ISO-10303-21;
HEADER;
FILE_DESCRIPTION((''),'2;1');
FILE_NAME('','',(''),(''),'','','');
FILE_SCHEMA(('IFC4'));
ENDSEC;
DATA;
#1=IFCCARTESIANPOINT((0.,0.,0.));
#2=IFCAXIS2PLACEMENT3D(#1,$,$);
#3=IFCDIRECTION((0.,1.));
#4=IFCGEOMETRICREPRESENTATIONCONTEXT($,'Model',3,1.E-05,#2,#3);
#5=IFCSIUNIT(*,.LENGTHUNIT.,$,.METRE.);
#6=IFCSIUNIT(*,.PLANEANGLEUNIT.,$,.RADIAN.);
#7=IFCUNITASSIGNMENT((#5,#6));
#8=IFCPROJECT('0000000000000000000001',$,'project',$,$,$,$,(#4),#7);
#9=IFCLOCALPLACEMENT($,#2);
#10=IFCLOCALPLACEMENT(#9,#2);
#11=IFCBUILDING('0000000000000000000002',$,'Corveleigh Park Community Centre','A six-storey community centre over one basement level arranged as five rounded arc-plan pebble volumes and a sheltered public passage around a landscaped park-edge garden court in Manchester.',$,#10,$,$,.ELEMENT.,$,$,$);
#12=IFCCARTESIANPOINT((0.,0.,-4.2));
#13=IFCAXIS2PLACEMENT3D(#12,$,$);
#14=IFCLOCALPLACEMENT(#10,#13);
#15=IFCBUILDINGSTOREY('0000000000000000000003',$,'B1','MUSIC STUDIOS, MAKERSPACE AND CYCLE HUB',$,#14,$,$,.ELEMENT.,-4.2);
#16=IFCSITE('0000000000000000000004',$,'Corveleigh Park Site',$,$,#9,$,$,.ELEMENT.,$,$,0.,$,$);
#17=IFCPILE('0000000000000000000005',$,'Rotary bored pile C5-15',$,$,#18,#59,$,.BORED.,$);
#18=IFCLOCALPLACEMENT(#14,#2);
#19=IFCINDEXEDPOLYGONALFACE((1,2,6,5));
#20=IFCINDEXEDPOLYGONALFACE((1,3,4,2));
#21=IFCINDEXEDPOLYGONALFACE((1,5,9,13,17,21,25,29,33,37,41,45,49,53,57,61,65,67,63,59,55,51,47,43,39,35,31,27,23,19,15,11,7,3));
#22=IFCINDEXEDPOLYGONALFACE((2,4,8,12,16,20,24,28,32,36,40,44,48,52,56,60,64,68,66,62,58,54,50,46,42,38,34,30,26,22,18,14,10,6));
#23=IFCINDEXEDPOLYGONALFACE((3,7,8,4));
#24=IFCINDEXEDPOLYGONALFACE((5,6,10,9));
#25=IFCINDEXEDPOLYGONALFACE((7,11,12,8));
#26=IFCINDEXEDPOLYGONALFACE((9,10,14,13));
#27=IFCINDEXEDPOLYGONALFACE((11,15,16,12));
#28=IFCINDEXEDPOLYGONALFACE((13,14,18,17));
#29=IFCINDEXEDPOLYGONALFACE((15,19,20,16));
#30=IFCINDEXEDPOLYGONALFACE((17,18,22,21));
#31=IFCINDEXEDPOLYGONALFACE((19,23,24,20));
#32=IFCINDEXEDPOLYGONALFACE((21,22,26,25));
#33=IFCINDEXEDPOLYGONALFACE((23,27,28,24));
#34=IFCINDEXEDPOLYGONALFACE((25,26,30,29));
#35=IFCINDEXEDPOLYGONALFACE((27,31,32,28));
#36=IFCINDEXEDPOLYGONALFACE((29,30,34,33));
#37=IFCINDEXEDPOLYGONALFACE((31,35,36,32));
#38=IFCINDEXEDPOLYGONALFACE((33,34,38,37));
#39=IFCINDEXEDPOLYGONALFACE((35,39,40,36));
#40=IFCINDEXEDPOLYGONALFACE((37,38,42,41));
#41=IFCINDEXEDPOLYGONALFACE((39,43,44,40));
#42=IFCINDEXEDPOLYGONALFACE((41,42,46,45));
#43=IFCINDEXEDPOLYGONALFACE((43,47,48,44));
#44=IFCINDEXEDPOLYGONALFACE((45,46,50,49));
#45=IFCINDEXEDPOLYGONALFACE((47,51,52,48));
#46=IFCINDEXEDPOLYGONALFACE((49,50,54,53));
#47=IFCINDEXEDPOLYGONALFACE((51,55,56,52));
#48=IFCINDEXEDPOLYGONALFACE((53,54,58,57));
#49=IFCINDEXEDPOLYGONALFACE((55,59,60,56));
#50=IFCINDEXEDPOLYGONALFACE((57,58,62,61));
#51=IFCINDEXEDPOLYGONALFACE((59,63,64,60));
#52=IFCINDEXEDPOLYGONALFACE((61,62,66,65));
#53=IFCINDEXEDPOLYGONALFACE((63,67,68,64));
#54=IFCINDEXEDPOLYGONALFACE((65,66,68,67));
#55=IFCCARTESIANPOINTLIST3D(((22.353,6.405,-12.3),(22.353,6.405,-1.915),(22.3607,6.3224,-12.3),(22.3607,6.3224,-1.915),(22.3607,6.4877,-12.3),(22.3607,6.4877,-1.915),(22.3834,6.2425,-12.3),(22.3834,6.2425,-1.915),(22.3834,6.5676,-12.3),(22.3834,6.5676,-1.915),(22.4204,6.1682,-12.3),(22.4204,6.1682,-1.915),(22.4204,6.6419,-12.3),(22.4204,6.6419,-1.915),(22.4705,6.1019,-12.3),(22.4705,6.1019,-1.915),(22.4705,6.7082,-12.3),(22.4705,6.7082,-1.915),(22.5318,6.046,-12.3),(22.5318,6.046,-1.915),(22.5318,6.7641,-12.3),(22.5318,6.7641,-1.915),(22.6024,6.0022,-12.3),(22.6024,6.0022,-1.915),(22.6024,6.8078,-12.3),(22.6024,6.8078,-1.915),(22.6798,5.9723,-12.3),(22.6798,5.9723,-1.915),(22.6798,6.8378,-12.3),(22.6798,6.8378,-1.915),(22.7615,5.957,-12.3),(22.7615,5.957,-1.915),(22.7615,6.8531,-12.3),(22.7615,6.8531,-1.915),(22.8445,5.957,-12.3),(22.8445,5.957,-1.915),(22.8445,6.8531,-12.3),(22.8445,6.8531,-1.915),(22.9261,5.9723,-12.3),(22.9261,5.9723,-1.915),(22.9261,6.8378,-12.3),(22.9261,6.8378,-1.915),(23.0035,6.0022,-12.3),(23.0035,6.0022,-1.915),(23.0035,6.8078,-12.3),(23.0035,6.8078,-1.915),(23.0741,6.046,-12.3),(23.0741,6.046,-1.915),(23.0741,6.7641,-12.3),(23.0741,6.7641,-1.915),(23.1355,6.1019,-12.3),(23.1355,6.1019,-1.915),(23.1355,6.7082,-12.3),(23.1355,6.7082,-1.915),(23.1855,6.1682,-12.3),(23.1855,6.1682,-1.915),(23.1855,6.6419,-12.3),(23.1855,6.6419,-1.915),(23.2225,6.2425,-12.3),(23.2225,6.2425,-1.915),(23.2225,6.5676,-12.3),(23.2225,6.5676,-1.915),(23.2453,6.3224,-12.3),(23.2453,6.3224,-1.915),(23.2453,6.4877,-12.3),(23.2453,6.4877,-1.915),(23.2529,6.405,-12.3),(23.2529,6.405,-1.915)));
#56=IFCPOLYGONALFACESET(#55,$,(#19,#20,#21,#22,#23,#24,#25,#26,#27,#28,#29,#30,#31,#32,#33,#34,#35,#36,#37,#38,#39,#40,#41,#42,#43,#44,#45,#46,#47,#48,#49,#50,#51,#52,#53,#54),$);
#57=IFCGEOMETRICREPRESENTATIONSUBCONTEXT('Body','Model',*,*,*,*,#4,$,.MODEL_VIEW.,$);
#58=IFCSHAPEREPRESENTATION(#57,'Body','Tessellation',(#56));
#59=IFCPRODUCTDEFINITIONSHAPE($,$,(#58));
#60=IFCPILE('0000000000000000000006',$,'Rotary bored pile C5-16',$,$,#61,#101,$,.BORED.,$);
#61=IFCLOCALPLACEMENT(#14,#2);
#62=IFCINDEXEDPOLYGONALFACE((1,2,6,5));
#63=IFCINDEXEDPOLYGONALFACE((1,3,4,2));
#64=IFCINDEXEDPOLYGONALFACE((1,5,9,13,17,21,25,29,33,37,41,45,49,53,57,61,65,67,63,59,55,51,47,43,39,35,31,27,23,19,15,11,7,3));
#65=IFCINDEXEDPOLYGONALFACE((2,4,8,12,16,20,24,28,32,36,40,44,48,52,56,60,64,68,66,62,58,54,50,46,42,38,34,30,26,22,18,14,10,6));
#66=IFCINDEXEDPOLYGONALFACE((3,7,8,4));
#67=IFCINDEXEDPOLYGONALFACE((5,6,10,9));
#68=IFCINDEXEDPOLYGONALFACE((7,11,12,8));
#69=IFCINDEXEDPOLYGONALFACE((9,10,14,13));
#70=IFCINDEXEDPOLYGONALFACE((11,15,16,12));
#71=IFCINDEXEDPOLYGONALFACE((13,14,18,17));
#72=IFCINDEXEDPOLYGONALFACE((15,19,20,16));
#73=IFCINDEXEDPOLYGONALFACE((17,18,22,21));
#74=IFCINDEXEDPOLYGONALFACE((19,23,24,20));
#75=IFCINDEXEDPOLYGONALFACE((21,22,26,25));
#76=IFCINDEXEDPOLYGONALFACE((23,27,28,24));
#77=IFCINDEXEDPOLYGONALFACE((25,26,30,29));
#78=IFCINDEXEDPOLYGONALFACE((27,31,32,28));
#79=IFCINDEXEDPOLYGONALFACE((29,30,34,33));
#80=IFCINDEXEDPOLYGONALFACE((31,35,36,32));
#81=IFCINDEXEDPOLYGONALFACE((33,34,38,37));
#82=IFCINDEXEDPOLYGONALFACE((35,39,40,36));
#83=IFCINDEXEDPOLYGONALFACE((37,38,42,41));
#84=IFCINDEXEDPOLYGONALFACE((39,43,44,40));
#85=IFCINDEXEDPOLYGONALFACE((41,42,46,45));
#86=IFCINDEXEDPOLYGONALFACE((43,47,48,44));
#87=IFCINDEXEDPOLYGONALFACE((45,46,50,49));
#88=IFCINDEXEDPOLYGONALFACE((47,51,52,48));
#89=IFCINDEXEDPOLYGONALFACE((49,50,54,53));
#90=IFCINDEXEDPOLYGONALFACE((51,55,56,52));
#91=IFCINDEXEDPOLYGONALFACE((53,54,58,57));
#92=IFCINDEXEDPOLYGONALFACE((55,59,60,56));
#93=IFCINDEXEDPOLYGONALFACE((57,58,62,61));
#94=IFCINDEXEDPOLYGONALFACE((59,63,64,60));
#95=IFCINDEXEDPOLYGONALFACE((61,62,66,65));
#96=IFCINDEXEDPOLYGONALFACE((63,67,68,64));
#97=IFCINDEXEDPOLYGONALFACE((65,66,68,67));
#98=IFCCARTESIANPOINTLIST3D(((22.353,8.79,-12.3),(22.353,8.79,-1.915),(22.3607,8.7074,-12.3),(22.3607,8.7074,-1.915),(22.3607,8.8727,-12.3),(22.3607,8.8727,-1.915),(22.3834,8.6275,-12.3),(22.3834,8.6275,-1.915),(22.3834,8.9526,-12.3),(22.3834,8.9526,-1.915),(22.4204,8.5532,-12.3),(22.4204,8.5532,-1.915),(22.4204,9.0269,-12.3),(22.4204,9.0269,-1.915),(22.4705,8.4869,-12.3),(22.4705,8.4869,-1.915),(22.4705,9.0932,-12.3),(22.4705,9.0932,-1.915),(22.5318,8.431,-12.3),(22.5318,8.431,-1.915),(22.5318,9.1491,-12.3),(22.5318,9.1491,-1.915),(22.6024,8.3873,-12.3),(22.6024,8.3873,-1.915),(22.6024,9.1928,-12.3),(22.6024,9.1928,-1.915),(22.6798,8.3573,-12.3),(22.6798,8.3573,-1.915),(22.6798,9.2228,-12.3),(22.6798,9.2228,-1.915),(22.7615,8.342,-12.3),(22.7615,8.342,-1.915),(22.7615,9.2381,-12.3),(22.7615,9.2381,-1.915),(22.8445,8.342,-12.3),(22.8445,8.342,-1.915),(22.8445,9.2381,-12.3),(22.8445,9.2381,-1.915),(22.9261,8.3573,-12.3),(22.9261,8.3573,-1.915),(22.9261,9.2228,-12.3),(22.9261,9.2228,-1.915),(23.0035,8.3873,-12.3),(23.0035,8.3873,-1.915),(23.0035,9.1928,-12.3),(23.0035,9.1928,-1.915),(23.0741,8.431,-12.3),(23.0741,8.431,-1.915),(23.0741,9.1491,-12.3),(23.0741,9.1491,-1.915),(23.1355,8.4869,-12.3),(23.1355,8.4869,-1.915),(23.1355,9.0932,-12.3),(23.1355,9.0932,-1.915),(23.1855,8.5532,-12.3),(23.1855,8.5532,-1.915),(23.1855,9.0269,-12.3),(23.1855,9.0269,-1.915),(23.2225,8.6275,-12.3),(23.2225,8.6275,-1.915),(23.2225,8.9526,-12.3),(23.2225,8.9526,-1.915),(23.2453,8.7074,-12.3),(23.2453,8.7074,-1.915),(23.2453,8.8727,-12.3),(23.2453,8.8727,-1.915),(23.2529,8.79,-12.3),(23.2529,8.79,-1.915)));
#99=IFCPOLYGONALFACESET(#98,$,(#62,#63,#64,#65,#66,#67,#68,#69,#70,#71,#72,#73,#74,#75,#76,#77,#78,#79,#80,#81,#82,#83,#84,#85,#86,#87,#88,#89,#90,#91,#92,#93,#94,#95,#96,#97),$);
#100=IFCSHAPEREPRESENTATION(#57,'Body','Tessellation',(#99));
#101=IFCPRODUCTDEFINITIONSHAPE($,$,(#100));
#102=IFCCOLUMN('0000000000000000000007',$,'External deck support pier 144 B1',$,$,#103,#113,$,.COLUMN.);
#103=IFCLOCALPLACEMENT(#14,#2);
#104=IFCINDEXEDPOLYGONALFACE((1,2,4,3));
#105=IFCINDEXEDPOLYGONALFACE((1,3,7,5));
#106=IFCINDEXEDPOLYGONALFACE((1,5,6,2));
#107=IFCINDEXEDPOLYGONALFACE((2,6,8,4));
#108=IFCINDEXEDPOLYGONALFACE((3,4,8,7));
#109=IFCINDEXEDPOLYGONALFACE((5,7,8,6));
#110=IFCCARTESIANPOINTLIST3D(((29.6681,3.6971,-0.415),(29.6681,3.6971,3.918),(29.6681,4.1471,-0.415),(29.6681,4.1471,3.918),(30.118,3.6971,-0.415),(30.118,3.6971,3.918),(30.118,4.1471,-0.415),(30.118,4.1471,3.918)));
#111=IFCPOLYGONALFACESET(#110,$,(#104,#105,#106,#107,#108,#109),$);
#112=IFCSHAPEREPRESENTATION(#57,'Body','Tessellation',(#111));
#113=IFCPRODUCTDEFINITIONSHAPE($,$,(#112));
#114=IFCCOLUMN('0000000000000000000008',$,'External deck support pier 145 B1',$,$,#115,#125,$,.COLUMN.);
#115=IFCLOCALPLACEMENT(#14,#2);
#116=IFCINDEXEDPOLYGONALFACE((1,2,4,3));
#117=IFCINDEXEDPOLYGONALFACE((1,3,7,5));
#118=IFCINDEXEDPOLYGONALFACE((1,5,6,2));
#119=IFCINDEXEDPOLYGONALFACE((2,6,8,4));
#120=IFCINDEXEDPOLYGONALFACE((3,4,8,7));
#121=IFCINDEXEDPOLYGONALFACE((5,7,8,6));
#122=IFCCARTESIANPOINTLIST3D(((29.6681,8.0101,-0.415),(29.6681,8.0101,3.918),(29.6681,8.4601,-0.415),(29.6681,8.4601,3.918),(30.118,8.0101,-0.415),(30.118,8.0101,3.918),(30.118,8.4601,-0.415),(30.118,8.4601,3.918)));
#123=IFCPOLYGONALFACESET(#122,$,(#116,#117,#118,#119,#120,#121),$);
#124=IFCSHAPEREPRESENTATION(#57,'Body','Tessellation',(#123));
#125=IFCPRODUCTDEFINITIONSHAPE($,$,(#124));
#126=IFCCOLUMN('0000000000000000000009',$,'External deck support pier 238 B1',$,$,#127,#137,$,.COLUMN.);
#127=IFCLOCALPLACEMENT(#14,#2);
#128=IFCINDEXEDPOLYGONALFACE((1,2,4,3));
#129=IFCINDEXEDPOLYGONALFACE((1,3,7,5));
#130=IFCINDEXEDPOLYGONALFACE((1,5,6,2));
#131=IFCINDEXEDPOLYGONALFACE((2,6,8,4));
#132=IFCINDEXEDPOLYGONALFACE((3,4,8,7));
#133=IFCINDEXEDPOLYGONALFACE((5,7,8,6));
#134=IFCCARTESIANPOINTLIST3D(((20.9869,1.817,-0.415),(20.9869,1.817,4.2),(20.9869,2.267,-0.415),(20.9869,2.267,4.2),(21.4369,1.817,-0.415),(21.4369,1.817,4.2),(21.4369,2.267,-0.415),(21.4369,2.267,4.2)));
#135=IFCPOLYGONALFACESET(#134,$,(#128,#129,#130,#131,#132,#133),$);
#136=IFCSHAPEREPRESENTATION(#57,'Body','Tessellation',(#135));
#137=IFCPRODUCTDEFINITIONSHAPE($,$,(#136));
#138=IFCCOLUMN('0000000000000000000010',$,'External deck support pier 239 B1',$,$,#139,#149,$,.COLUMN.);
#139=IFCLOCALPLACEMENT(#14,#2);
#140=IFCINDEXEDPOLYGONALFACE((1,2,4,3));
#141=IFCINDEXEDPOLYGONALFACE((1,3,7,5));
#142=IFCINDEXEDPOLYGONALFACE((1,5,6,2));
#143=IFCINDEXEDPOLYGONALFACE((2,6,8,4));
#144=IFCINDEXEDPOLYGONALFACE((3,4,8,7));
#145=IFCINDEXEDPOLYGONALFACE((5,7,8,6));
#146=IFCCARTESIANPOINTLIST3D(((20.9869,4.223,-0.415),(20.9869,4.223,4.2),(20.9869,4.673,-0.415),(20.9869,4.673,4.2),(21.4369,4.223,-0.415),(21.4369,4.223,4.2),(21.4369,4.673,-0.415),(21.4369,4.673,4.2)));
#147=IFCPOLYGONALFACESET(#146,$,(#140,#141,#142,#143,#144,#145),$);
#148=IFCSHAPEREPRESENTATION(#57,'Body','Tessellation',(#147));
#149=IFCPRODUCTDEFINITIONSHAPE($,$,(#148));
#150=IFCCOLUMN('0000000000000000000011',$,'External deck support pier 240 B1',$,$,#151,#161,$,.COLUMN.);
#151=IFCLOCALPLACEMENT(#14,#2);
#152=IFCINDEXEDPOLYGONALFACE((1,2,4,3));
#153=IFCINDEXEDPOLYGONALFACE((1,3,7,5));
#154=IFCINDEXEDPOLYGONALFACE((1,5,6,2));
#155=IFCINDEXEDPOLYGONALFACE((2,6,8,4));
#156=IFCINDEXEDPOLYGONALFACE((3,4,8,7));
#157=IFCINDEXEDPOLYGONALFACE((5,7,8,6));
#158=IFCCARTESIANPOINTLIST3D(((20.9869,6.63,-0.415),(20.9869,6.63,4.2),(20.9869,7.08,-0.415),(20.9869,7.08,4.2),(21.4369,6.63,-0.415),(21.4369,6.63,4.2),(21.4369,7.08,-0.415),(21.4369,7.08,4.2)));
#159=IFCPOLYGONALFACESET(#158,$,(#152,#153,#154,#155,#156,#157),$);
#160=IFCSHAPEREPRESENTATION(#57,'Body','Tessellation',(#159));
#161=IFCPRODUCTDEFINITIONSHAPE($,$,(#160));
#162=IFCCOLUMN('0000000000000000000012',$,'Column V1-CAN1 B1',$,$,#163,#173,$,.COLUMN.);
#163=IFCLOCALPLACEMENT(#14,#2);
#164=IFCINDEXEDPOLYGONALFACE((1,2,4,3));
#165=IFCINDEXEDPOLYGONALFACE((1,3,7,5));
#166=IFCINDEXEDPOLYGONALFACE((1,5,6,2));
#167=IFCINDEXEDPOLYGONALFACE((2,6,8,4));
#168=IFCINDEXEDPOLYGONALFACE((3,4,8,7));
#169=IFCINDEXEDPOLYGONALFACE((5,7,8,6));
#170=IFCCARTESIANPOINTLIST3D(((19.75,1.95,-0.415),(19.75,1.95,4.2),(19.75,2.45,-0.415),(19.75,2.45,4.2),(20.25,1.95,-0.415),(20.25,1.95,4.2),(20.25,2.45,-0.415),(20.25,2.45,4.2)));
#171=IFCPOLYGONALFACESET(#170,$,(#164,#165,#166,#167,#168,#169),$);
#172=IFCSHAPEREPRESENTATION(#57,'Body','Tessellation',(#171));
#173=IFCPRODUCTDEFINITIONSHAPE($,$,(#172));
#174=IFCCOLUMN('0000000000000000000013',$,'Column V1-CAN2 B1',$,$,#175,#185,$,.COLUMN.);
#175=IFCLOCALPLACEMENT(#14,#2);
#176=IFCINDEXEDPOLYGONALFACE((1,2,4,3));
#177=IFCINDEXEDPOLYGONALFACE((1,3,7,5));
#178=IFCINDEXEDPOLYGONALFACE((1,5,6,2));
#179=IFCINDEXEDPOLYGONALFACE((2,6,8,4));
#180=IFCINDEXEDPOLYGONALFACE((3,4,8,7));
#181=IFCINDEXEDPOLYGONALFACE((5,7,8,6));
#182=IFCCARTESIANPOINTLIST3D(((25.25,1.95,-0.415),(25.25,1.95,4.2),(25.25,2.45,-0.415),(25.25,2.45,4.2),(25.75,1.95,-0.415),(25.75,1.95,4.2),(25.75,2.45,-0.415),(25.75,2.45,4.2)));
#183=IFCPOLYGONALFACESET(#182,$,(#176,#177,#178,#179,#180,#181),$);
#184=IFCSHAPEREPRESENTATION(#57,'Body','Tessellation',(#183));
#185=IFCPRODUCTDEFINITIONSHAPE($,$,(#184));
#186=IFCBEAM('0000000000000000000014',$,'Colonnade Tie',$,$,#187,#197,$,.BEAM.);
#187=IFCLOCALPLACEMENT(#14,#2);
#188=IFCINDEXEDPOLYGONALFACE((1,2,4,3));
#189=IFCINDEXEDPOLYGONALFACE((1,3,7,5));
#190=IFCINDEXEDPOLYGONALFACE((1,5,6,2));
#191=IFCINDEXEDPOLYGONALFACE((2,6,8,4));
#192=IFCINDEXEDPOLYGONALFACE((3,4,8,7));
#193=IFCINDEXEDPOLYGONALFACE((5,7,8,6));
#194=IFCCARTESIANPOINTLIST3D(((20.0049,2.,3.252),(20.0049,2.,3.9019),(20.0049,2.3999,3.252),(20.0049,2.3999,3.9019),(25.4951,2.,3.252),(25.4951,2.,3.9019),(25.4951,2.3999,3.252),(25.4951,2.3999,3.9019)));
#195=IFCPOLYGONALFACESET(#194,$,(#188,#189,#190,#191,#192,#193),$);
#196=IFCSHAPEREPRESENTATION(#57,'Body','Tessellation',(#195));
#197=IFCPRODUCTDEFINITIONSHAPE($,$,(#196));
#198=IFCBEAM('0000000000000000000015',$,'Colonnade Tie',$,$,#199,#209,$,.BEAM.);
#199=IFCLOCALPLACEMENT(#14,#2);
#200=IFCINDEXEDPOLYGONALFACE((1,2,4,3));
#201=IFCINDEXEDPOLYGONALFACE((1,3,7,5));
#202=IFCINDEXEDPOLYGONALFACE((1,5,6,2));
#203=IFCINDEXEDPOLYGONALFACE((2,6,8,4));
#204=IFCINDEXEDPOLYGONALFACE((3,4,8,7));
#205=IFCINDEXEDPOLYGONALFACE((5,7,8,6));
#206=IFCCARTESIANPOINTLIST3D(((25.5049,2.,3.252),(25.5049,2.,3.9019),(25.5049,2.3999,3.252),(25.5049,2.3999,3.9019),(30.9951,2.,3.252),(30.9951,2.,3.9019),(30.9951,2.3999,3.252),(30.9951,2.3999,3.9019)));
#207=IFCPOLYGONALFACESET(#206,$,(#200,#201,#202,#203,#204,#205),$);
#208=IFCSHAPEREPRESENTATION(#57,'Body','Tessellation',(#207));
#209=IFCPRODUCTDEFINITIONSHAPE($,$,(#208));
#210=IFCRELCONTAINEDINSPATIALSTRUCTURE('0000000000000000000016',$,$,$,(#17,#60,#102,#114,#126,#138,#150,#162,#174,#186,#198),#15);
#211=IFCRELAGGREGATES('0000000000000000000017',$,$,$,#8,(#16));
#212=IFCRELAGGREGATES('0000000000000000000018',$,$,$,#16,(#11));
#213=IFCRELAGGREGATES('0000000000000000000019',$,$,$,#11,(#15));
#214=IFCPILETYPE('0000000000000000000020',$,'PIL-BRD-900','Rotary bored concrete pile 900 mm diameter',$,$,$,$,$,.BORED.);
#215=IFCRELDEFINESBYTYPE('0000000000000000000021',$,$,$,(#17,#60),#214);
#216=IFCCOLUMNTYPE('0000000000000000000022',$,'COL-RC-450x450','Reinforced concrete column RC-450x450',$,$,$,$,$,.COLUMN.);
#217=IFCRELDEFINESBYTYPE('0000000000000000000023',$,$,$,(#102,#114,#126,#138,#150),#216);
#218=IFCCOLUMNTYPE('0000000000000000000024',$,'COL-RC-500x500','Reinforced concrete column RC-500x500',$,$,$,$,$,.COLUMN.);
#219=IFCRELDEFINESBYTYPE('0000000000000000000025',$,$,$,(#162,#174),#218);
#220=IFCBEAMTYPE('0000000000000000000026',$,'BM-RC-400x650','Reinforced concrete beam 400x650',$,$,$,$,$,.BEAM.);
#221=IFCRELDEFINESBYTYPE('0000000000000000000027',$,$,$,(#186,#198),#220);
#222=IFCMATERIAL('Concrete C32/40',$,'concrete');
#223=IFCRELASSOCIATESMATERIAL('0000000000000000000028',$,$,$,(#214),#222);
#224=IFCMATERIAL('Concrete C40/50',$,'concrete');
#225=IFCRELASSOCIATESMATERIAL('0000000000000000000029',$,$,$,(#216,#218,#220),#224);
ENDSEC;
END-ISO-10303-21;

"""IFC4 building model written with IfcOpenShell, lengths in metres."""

from ifc_helpers import new_model, si_unit, direction, frame, origin, origin_2d, place, context, subcontext, project, spatial, rectangle, circle, extrude, material, material_profile, profile_set, type_object, element, save


model = new_model("IFC4")

# Units and contexts
model_context = context("Model", 3, precision=1e-05, world=origin(), true_north=direction((0.0, 1.0)))
body_context = subcontext(model_context, "Body", "Model", "MODEL_VIEW")
ifc_project = project(units=[si_unit("LENGTHUNIT", "METRE"), si_unit("PLANEANGLEUNIT", "RADIAN")], contexts=[model_context])

# Site, building, storey
site_placement = place(None, origin())
site = spatial("IfcSite", under=ifc_project, at=site_placement, Name="Corveleigh Park Site", CompositionType="ELEMENT", RefElevation=0.0)
building_placement = place(site_placement, origin())
building = spatial("IfcBuilding", under=site, at=building_placement, Name="Corveleigh Park Community Centre", Description="A six-storey community centre over one basement level arranged as five rounded arc-plan pebble volumes and a sheltered public passage around a landscaped park-edge garden court in Manchester.", CompositionType="ELEMENT")
storey_placement = place(building_placement, frame((0.0, 0.0, -4.2)))
storey = spatial("IfcBuildingStorey", under=building, at=storey_placement, Name="B1", Description="MUSIC STUDIOS, MAKERSPACE AND CYCLE HUB", CompositionType="ELEMENT", Elevation=-4.2)

# Shared definitions
ifc_material_1 = material(Name="Concrete C40/50", Category="concrete")

# Piles
ifc_material_2 = material(Name="Concrete C32/40", Category="concrete")
ifc_material_profile_1 = material_profile(ifc_material_2, circle(Radius=0.45, at=origin_2d()), Name="BORED-PILE-900", Category="concrete")
ifc_profile_set_1 = profile_set([ifc_material_profile_1], Name="Concrete C32/40")
pile_type_1 = type_object("IfcPileType", Name="PIL-BRD-900", Description="Rotary bored concrete pile 900 mm diameter", PredefinedType="BORED", material=ifc_profile_set_1)
for number, where, z_axis, x_axis, name in (
    (1, (22.803, 6.405, -1.915), (0.0, 0.0, -1.0), (1.0, 0.0, 0.0), "Rotary bored pile C5-15"),
    (2, (22.803, 8.79, -1.915), (0.0, 0.0, -1.0), (1.0, 0.0, 0.0), "Rotary bored pile C5-16"),
):
    element("IfcPile", number, at=place(storey_placement, frame(where, z_axis=z_axis, x_axis=x_axis)), inside=storey, type_object=pile_type_1, Name=name, PredefinedType="BORED", context=body_context, shape_type="SweptSolid", body=[
        extrude(circle(Radius=0.45, at=origin_2d()), origin(), (0.0, 0.0, 1.0), 10.385),
    ])

# Columns
ifc_material_profile_2 = material_profile(ifc_material_1, rectangle(XDim=0.45, YDim=0.45, at=origin_2d()), Name="RC-450x450", Category="concrete")
ifc_profile_set_2 = profile_set([ifc_material_profile_2], Name="Concrete C40/50")
column_type_1 = type_object("IfcColumnType", Name="COL-RC-450x450", Description="Reinforced concrete column RC-450x450", PredefinedType="COLUMN", material=ifc_profile_set_2)
for number, where, z_axis, x_axis, name in (
    (3, (29.8931, 3.9221, -0.415), (0.0, 0.0, 1.0), (1.0, 0.0, 0.0), "External deck support pier 144 B1"),
    (4, (29.8931, 8.2351, -0.415), (0.0, 0.0, 1.0), (1.0, 0.0, 0.0), "External deck support pier 145 B1"),
):
    element("IfcColumn", number, at=place(storey_placement, frame(where, z_axis=z_axis, x_axis=x_axis)), inside=storey, type_object=column_type_1, Name=name, PredefinedType="COLUMN", context=body_context, shape_type="SweptSolid", body=[
        extrude(rectangle(XDim=0.45, YDim=0.45, at=origin_2d()), origin(), (0.0, 0.0, 1.0), 4.333),
    ])
for number, where, z_axis, x_axis, name in (
    (5, (21.2119, 2.042, -0.415), (0.0, 0.0, 1.0), (1.0, 0.0, 0.0), "External deck support pier 238 B1"),
    (6, (21.2119, 4.448, -0.415), (0.0, 0.0, 1.0), (1.0, 0.0, 0.0), "External deck support pier 239 B1"),
    (7, (21.2119, 6.855, -0.415), (0.0, 0.0, 1.0), (1.0, 0.0, 0.0), "External deck support pier 240 B1"),
):
    element("IfcColumn", number, at=place(storey_placement, frame(where, z_axis=z_axis, x_axis=x_axis)), inside=storey, type_object=column_type_1, Name=name, PredefinedType="COLUMN", context=body_context, shape_type="SweptSolid", body=[
        extrude(rectangle(XDim=0.45, YDim=0.45, at=origin_2d()), origin(), (0.0, 0.0, 1.0), 4.615),
    ])
ifc_material_profile_3 = material_profile(ifc_material_1, rectangle(XDim=0.5, YDim=0.5, at=origin_2d()), Name="RC-500x500", Category="concrete")
ifc_profile_set_3 = profile_set([ifc_material_profile_3], Name="Concrete C40/50")
column_type_2 = type_object("IfcColumnType", Name="COL-RC-500x500", Description="Reinforced concrete column RC-500x500", PredefinedType="COLUMN", material=ifc_profile_set_3)
for number, where, z_axis, x_axis, name in (
    (8, (20.0, 2.2, -0.415), (0.0, 0.0, 1.0), (1.0, 0.0, 0.0), "Column V1-CAN1 B1"),
    (9, (25.5, 2.2, -0.415), (0.0, 0.0, 1.0), (1.0, 0.0, 0.0), "Column V1-CAN2 B1"),
):
    element("IfcColumn", number, at=place(storey_placement, frame(where, z_axis=z_axis, x_axis=x_axis)), inside=storey, type_object=column_type_2, Name=name, PredefinedType="COLUMN", context=body_context, shape_type="SweptSolid", body=[
        extrude(rectangle(XDim=0.5, YDim=0.5, at=origin_2d()), origin(), (0.0, 0.0, 1.0), 4.615),
    ])

# Beams
ifc_material_profile_4 = material_profile(ifc_material_1, rectangle(XDim=0.3999, YDim=0.6499, at=origin_2d()), Name="RC-400x650", Category="concrete")
ifc_profile_set_4 = profile_set([ifc_material_profile_4], Name="Concrete C40/50")
beam_type = type_object("IfcBeamType", Name="BM-RC-400x650", Description="Reinforced concrete beam 400x650", PredefinedType="BEAM", material=ifc_profile_set_4)
for number, where, z_axis, x_axis, name in (
    (10, (20.0049, 2.2, 3.5769), (1.0, 0.0, 0.0), (0.0, 1.0, 0.0), "Colonnade Tie"),
    (11, (25.5049, 2.2, 3.5769), (1.0, 0.0, 0.0), (0.0, 1.0, 0.0), "Colonnade Tie"),
):
    element("IfcBeam", number, at=place(storey_placement, frame(where, z_axis=z_axis, x_axis=x_axis)), inside=storey, type_object=beam_type, Name=name, PredefinedType="BEAM", context=body_context, shape_type="SweptSolid", body=[
        extrude(rectangle(XDim=0.3999, YDim=0.6499, at=origin_2d()), origin(), (0.0, 0.0, 1.0), 5.4902),
    ])

save(model, "model.ifc")
